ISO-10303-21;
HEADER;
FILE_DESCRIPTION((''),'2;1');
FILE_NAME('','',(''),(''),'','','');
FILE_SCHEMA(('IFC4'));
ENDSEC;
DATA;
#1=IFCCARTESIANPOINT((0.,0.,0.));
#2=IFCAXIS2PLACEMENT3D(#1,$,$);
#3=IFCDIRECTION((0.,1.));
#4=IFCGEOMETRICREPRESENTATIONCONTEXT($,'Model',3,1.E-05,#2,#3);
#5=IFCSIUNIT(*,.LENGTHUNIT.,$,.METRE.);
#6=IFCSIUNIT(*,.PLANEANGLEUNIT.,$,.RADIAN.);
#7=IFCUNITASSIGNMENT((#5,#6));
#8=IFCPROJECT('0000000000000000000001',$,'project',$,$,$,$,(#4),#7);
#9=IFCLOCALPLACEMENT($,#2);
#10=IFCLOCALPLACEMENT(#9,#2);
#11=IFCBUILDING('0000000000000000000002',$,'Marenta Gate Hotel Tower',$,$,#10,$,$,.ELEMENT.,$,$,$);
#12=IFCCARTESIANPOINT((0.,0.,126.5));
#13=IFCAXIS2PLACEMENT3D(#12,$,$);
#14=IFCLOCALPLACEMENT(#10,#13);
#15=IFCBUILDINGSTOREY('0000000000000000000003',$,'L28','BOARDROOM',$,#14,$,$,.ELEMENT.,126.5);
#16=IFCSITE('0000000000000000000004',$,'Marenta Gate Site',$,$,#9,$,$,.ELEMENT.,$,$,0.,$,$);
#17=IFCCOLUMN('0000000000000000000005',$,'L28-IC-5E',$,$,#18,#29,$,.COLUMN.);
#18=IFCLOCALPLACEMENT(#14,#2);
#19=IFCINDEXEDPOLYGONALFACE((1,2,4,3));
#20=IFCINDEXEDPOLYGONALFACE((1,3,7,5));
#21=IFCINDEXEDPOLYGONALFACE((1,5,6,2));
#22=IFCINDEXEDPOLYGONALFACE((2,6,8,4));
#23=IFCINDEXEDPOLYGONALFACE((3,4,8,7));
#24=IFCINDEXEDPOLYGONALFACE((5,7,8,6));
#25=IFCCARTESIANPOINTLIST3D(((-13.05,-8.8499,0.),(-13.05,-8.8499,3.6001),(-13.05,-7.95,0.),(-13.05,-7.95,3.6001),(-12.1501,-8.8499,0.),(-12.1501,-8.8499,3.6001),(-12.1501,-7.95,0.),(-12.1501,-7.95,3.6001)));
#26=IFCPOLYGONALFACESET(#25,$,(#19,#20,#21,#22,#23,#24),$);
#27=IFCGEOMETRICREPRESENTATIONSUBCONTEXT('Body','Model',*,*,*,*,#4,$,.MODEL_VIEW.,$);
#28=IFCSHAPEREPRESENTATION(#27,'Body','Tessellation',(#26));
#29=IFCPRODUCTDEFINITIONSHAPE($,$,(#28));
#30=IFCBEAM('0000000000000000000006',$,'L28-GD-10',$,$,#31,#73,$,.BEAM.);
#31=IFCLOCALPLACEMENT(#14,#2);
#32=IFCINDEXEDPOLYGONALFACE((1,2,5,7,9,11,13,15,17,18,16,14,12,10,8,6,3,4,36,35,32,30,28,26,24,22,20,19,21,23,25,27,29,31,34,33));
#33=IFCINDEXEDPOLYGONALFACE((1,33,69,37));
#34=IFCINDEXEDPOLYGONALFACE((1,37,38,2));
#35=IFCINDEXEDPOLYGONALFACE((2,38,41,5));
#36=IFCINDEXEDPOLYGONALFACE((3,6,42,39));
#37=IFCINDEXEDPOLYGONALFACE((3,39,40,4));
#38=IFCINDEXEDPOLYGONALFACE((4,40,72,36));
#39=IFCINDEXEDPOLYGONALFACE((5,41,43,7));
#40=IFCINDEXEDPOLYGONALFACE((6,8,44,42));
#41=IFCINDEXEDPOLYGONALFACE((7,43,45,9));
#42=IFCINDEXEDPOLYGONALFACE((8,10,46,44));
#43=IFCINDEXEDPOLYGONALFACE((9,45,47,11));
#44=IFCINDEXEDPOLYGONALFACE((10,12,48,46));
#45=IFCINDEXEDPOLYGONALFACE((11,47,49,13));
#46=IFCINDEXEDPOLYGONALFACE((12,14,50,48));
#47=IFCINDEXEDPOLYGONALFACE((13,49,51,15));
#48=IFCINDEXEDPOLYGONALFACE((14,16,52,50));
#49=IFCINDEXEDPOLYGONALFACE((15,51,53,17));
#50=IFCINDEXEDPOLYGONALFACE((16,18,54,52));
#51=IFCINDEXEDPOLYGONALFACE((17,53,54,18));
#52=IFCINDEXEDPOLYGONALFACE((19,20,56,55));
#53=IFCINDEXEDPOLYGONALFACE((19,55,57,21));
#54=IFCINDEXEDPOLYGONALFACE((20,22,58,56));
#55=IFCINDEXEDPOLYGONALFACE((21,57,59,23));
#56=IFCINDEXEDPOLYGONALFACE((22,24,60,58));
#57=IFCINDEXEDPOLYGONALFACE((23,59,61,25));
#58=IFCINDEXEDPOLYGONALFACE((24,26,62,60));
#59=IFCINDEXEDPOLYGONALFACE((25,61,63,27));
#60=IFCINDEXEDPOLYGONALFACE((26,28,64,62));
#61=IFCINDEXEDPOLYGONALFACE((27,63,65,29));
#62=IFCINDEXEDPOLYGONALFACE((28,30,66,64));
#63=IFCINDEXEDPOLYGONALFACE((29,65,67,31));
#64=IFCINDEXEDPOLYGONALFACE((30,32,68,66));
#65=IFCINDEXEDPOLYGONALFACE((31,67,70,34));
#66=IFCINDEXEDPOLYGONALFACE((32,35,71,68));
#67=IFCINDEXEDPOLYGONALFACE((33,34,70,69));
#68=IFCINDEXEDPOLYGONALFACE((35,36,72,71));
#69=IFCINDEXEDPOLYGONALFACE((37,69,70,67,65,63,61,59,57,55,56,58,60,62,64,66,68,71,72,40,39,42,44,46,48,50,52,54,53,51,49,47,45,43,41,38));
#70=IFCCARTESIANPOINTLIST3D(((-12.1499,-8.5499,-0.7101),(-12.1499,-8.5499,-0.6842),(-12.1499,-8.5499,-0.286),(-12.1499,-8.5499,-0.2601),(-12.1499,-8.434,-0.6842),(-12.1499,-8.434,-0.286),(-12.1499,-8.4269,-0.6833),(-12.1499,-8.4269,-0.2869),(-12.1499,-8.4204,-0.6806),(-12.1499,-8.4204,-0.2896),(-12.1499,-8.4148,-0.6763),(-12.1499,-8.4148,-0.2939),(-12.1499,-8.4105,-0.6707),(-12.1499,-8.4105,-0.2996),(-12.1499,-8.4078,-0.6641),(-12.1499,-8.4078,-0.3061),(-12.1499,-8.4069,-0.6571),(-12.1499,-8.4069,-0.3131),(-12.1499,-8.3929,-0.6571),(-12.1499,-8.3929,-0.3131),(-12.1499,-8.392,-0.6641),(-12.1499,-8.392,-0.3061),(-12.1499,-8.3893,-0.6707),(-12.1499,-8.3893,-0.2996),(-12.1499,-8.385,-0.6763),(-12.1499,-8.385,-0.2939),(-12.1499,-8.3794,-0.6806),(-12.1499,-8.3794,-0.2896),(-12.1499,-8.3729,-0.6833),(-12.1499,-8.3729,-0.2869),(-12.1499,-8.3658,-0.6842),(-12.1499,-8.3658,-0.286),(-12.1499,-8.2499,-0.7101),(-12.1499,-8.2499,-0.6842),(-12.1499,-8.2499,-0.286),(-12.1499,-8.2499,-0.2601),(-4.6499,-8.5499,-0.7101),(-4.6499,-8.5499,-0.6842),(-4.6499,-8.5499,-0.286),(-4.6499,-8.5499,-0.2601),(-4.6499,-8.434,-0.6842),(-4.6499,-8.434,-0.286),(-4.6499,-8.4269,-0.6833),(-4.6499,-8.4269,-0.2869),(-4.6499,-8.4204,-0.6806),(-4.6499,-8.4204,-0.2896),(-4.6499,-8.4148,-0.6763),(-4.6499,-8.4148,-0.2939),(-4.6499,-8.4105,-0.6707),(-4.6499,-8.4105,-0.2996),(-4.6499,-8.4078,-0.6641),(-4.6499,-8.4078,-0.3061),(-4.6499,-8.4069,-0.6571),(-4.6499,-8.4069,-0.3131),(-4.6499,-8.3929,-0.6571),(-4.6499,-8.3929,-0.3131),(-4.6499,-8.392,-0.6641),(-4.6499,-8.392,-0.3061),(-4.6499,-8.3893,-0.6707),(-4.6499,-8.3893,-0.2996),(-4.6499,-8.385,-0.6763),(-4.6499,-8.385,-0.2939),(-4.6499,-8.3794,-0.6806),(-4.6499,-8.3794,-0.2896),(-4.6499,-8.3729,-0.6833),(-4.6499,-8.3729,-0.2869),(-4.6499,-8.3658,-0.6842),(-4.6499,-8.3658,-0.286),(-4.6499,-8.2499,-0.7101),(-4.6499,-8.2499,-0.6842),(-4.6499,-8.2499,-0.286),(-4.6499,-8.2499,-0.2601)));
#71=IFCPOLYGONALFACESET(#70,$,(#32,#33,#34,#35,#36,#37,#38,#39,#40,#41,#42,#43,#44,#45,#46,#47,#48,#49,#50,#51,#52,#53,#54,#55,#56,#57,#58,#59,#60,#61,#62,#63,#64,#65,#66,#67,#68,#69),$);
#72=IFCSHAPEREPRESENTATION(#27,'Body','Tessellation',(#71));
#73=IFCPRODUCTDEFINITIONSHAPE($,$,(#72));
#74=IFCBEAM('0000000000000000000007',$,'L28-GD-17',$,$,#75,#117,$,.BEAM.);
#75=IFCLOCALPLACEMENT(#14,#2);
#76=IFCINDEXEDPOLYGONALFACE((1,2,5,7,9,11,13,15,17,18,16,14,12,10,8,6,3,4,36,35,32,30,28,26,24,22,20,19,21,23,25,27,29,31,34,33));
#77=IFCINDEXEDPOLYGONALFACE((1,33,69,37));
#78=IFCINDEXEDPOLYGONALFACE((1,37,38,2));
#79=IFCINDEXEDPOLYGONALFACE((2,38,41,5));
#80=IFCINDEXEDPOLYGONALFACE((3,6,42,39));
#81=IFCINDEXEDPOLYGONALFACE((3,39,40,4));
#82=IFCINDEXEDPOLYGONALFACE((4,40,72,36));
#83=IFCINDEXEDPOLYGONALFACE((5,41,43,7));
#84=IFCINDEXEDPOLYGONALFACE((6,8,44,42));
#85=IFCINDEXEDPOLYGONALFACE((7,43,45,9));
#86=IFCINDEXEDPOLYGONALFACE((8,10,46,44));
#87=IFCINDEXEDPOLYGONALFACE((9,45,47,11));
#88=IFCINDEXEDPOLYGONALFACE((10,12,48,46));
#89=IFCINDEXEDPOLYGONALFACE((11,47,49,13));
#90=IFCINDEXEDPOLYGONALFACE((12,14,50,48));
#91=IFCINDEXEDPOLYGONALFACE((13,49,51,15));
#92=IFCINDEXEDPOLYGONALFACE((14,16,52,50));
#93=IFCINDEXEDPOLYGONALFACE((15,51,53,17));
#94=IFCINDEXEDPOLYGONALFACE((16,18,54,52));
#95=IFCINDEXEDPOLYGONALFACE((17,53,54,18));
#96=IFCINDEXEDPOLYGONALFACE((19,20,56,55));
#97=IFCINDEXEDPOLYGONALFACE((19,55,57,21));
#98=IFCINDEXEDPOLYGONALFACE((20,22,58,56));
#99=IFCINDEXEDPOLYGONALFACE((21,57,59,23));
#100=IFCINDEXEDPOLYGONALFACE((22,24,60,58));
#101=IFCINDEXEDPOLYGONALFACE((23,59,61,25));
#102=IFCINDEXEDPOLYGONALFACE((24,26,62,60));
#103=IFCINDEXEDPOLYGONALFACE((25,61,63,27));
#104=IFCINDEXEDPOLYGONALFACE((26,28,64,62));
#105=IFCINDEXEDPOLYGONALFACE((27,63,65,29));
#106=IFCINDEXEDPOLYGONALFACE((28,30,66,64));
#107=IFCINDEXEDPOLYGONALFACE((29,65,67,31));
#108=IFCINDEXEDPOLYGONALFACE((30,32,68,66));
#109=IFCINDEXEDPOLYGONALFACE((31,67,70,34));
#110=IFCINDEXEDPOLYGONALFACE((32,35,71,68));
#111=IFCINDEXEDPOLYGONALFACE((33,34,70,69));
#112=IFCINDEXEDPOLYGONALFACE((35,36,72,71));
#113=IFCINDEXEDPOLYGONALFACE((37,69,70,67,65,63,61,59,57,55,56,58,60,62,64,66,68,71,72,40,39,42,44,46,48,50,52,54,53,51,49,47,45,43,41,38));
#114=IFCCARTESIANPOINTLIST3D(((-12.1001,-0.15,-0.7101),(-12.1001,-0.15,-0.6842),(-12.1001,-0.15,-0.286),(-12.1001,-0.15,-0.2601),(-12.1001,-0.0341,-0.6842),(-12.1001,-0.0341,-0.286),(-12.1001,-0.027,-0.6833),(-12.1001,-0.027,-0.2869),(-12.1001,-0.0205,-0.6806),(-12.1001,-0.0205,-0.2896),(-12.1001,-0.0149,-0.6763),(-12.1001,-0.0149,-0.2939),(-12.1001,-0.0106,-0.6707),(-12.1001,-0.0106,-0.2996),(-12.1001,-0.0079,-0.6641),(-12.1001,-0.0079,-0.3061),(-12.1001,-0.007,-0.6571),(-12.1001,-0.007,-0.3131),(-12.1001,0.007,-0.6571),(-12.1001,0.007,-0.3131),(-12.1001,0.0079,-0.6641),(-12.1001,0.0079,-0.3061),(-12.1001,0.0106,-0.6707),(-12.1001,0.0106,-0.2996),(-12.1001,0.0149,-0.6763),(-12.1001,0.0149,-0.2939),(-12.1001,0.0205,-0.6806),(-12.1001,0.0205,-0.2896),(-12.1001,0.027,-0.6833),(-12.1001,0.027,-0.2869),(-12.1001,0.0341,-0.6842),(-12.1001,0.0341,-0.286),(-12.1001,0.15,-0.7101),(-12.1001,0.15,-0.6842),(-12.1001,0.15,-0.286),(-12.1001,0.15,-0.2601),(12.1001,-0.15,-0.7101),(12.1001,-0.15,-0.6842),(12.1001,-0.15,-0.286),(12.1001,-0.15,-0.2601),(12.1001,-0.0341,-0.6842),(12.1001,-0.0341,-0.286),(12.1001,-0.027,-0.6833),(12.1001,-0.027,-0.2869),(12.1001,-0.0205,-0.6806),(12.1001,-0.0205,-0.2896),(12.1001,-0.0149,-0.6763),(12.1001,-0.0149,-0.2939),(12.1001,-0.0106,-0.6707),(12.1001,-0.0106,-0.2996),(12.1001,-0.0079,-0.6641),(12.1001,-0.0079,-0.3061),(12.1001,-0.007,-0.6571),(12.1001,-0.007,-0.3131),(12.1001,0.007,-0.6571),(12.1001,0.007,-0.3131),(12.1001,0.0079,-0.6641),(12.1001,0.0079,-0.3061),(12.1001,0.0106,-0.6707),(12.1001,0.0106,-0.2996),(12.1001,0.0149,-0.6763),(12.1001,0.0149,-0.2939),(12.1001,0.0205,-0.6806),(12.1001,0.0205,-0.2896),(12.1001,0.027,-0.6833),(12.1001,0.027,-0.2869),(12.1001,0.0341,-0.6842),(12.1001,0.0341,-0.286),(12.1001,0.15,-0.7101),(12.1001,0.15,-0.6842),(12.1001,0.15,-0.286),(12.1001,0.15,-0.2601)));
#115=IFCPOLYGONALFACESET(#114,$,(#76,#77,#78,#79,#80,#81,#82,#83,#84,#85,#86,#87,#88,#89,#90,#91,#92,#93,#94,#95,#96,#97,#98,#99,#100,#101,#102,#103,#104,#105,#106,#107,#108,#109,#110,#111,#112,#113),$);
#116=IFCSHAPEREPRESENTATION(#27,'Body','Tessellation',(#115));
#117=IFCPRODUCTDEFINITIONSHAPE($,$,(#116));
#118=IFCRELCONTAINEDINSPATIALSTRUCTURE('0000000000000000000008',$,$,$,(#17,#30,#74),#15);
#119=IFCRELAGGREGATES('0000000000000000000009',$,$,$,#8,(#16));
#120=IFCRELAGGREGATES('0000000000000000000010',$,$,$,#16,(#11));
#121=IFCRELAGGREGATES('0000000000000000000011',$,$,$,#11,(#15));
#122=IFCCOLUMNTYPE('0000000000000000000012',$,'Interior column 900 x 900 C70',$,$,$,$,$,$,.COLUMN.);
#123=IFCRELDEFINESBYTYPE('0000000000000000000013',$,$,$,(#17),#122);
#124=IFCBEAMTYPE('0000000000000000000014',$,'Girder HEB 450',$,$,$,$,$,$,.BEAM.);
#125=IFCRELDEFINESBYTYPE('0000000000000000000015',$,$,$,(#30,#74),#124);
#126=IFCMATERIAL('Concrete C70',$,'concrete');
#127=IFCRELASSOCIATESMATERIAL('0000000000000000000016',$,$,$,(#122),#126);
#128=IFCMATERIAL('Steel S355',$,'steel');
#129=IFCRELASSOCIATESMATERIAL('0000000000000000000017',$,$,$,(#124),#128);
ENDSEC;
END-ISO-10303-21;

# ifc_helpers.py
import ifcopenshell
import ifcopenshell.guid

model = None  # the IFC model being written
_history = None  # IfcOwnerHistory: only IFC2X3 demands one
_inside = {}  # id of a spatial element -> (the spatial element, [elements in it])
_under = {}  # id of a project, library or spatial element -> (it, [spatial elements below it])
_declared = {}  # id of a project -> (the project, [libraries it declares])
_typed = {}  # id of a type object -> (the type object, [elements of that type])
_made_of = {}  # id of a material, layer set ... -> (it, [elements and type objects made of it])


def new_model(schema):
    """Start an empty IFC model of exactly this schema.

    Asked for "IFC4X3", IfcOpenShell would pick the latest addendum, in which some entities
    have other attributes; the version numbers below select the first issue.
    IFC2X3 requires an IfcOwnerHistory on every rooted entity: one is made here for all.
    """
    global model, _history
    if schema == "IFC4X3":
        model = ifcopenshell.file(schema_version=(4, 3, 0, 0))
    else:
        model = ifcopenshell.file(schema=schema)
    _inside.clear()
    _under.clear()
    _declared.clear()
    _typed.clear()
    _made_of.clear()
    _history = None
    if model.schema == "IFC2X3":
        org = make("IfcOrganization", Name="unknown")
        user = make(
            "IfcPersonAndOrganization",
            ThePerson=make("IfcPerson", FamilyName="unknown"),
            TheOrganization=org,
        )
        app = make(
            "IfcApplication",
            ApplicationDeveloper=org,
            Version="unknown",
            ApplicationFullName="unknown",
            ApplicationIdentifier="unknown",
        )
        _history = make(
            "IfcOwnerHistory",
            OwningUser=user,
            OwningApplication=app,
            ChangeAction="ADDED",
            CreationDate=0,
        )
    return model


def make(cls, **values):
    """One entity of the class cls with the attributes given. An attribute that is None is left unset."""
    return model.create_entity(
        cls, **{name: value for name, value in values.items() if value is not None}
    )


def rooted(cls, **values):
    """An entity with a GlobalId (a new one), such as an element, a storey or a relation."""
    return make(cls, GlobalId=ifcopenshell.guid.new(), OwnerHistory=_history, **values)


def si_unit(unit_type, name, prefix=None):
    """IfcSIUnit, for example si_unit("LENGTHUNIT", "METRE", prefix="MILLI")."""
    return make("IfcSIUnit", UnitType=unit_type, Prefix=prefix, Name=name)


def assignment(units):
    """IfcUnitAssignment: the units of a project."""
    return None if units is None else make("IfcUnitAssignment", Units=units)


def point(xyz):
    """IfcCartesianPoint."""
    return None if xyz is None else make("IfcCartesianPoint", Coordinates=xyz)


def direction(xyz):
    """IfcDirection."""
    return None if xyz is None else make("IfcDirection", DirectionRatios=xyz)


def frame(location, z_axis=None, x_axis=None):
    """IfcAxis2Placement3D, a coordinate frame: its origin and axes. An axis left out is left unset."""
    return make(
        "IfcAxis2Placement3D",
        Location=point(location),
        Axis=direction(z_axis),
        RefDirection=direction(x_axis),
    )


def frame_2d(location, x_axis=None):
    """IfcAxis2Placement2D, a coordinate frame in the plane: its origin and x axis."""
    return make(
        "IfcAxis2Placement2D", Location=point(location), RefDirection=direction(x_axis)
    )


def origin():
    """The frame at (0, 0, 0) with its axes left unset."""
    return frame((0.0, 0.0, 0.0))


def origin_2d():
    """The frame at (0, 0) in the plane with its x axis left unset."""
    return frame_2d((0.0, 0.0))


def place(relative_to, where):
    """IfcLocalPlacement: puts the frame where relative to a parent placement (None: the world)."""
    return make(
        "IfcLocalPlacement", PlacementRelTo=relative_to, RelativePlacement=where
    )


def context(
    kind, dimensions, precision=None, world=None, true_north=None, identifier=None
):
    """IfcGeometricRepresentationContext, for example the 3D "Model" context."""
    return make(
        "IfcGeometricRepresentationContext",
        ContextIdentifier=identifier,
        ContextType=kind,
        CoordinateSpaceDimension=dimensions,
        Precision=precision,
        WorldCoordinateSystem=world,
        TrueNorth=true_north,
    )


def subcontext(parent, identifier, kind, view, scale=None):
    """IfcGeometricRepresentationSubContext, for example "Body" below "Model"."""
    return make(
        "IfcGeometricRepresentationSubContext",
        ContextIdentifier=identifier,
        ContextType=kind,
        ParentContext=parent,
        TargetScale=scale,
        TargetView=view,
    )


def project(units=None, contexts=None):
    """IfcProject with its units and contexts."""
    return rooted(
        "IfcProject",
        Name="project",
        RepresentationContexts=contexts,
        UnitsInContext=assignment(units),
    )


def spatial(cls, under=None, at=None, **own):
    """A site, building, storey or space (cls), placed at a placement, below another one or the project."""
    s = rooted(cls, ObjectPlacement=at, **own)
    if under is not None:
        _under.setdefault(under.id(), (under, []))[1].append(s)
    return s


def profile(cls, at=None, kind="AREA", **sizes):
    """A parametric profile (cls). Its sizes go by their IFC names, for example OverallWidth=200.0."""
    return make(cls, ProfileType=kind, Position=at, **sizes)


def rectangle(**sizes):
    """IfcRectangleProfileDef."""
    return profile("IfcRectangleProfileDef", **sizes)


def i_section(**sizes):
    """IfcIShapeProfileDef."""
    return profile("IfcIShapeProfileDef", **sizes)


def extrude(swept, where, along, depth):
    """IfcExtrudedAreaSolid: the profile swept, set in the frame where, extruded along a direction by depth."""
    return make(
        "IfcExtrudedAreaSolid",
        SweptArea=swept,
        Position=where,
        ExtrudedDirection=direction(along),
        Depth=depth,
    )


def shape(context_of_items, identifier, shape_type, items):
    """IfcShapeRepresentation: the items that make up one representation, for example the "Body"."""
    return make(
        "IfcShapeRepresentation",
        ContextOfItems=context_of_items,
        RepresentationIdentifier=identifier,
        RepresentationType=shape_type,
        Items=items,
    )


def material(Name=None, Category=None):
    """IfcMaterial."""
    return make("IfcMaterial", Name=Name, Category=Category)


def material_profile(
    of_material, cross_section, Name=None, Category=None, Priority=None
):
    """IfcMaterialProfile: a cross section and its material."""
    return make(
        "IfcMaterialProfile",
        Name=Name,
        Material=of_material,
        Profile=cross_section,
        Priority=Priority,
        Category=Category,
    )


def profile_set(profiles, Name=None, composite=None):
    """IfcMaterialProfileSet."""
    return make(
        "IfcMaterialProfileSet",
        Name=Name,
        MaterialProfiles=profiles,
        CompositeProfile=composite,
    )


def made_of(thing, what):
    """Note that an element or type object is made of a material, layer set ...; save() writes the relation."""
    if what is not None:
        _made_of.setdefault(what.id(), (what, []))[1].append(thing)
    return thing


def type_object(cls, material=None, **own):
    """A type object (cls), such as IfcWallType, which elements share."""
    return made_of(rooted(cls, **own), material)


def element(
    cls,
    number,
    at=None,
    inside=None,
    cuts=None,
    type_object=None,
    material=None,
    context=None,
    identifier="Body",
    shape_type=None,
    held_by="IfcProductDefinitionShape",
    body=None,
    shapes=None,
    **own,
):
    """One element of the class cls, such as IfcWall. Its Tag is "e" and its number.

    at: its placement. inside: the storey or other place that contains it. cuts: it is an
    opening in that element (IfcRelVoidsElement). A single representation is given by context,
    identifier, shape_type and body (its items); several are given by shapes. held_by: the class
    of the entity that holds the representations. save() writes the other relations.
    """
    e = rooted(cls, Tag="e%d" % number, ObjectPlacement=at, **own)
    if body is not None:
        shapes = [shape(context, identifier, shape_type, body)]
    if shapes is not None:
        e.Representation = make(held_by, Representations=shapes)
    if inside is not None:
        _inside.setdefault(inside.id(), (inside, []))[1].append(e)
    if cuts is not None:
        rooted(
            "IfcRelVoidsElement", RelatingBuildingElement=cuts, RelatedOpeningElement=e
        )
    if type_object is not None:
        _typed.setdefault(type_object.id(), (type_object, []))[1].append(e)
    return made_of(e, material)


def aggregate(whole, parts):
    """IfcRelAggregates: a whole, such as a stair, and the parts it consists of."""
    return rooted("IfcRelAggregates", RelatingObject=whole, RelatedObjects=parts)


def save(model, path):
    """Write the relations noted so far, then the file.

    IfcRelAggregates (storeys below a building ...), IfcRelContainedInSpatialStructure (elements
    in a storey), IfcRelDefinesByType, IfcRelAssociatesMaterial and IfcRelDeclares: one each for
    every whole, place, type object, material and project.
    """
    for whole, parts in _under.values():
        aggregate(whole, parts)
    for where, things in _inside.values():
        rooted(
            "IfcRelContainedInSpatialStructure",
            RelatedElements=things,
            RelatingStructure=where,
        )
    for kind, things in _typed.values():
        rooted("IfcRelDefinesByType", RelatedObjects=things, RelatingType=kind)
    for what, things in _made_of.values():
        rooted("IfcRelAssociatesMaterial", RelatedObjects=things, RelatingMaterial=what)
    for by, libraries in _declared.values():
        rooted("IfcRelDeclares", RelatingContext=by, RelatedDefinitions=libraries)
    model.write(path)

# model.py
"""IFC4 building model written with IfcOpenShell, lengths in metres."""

from ifc_helpers import new_model, si_unit, direction, frame, origin, origin_2d, place, context, subcontext, project, spatial, rectangle, i_section, extrude, material, material_profile, profile_set, type_object, element, save


model = new_model("IFC4")

# Units and contexts
model_context = context("Model", 3, precision=1e-05, world=origin(), true_north=direction((0.0, 1.0)))
body_context = subcontext(model_context, "Body", "Model", "MODEL_VIEW")
ifc_project = project(units=[si_unit("LENGTHUNIT", "METRE"), si_unit("PLANEANGLEUNIT", "RADIAN")], contexts=[model_context])

# Site, building, storey
site_placement = place(None, origin())
site = spatial("IfcSite", under=ifc_project, at=site_placement, Name="Marenta Gate Site", CompositionType="ELEMENT", RefElevation=0.0)
building_placement = place(site_placement, origin())
building = spatial("IfcBuilding", under=site, at=building_placement, Name="Marenta Gate Hotel Tower", CompositionType="ELEMENT")
storey_placement = place(building_placement, frame((0.0, 0.0, 126.5)))
storey = spatial("IfcBuildingStorey", under=building, at=storey_placement, Name="L28", Description="BOARDROOM", CompositionType="ELEMENT", Elevation=126.5)

# Column
ifc_material_1 = material(Name="Concrete C70", Category="concrete")
ifc_material_profile_1 = material_profile(ifc_material_1, rectangle(XDim=0.8999, YDim=0.8999, at=origin_2d()), Name="900 x 900")
ifc_profile_set_1 = profile_set([ifc_material_profile_1], Name="Concrete C70")
column_type = type_object("IfcColumnType", Name="Interior column 900 x 900 C70", PredefinedType="COLUMN", material=ifc_profile_set_1)
column_placement = place(storey_placement, frame((-12.6001, -8.3999, 0.0), z_axis=(0.0, 0.0, 1.0), x_axis=(1.0, 0.0, 0.0)))
element("IfcColumn", 1, at=column_placement, inside=storey, type_object=column_type, Name="L28-IC-5E", PredefinedType="COLUMN", context=body_context, shape_type="SweptSolid", body=[
    extrude(rectangle(XDim=0.8999, YDim=0.8999, at=origin_2d()), origin(), (0.0, 0.0, 1.0), 3.6001),
])

# Beams
ifc_material_2 = material(Name="Steel S355", Category="steel")
ifc_material_profile_2 = material_profile(ifc_material_2, i_section(OverallWidth=0.3, OverallDepth=0.45, WebThickness=0.0139, FlangeThickness=0.0259, FilletRadius=0.0271, at=origin_2d()), Name="HEB 450")
ifc_profile_set_2 = profile_set([ifc_material_profile_2], Name="Steel S355")
beam_type = type_object("IfcBeamType", Name="Girder HEB 450", PredefinedType="BEAM", material=ifc_profile_set_2)
beam_1_placement = place(storey_placement, frame((-12.1499, -8.3999, -0.4851), z_axis=(1.0, 0.0, 0.0), x_axis=(0.0, 1.0, 0.0)))
element("IfcBeam", 2, at=beam_1_placement, inside=storey, type_object=beam_type, Name="L28-GD-10", PredefinedType="BEAM", context=body_context, shape_type="SweptSolid", body=[
    extrude(i_section(OverallWidth=0.3, OverallDepth=0.45, WebThickness=0.0139, FlangeThickness=0.0259, FilletRadius=0.0271, at=origin_2d()), origin(), (0.0, 0.0, 1.0), 7.5),
])
beam_2_placement = place(storey_placement, frame((-12.1001, 0.0, -0.4851), z_axis=(1.0, 0.0, 0.0), x_axis=(0.0, 1.0, 0.0)))
element("IfcBeam", 3, at=beam_2_placement, inside=storey, type_object=beam_type, Name="L28-GD-17", PredefinedType="BEAM", context=body_context, shape_type="SweptSolid", body=[
    extrude(i_section(OverallWidth=0.3, OverallDepth=0.45, WebThickness=0.0139, FlangeThickness=0.0259, FilletRadius=0.0271, at=origin_2d()), origin(), (0.0, 0.0, 1.0), 24.2002),
])

save(model, "model.ifc")
